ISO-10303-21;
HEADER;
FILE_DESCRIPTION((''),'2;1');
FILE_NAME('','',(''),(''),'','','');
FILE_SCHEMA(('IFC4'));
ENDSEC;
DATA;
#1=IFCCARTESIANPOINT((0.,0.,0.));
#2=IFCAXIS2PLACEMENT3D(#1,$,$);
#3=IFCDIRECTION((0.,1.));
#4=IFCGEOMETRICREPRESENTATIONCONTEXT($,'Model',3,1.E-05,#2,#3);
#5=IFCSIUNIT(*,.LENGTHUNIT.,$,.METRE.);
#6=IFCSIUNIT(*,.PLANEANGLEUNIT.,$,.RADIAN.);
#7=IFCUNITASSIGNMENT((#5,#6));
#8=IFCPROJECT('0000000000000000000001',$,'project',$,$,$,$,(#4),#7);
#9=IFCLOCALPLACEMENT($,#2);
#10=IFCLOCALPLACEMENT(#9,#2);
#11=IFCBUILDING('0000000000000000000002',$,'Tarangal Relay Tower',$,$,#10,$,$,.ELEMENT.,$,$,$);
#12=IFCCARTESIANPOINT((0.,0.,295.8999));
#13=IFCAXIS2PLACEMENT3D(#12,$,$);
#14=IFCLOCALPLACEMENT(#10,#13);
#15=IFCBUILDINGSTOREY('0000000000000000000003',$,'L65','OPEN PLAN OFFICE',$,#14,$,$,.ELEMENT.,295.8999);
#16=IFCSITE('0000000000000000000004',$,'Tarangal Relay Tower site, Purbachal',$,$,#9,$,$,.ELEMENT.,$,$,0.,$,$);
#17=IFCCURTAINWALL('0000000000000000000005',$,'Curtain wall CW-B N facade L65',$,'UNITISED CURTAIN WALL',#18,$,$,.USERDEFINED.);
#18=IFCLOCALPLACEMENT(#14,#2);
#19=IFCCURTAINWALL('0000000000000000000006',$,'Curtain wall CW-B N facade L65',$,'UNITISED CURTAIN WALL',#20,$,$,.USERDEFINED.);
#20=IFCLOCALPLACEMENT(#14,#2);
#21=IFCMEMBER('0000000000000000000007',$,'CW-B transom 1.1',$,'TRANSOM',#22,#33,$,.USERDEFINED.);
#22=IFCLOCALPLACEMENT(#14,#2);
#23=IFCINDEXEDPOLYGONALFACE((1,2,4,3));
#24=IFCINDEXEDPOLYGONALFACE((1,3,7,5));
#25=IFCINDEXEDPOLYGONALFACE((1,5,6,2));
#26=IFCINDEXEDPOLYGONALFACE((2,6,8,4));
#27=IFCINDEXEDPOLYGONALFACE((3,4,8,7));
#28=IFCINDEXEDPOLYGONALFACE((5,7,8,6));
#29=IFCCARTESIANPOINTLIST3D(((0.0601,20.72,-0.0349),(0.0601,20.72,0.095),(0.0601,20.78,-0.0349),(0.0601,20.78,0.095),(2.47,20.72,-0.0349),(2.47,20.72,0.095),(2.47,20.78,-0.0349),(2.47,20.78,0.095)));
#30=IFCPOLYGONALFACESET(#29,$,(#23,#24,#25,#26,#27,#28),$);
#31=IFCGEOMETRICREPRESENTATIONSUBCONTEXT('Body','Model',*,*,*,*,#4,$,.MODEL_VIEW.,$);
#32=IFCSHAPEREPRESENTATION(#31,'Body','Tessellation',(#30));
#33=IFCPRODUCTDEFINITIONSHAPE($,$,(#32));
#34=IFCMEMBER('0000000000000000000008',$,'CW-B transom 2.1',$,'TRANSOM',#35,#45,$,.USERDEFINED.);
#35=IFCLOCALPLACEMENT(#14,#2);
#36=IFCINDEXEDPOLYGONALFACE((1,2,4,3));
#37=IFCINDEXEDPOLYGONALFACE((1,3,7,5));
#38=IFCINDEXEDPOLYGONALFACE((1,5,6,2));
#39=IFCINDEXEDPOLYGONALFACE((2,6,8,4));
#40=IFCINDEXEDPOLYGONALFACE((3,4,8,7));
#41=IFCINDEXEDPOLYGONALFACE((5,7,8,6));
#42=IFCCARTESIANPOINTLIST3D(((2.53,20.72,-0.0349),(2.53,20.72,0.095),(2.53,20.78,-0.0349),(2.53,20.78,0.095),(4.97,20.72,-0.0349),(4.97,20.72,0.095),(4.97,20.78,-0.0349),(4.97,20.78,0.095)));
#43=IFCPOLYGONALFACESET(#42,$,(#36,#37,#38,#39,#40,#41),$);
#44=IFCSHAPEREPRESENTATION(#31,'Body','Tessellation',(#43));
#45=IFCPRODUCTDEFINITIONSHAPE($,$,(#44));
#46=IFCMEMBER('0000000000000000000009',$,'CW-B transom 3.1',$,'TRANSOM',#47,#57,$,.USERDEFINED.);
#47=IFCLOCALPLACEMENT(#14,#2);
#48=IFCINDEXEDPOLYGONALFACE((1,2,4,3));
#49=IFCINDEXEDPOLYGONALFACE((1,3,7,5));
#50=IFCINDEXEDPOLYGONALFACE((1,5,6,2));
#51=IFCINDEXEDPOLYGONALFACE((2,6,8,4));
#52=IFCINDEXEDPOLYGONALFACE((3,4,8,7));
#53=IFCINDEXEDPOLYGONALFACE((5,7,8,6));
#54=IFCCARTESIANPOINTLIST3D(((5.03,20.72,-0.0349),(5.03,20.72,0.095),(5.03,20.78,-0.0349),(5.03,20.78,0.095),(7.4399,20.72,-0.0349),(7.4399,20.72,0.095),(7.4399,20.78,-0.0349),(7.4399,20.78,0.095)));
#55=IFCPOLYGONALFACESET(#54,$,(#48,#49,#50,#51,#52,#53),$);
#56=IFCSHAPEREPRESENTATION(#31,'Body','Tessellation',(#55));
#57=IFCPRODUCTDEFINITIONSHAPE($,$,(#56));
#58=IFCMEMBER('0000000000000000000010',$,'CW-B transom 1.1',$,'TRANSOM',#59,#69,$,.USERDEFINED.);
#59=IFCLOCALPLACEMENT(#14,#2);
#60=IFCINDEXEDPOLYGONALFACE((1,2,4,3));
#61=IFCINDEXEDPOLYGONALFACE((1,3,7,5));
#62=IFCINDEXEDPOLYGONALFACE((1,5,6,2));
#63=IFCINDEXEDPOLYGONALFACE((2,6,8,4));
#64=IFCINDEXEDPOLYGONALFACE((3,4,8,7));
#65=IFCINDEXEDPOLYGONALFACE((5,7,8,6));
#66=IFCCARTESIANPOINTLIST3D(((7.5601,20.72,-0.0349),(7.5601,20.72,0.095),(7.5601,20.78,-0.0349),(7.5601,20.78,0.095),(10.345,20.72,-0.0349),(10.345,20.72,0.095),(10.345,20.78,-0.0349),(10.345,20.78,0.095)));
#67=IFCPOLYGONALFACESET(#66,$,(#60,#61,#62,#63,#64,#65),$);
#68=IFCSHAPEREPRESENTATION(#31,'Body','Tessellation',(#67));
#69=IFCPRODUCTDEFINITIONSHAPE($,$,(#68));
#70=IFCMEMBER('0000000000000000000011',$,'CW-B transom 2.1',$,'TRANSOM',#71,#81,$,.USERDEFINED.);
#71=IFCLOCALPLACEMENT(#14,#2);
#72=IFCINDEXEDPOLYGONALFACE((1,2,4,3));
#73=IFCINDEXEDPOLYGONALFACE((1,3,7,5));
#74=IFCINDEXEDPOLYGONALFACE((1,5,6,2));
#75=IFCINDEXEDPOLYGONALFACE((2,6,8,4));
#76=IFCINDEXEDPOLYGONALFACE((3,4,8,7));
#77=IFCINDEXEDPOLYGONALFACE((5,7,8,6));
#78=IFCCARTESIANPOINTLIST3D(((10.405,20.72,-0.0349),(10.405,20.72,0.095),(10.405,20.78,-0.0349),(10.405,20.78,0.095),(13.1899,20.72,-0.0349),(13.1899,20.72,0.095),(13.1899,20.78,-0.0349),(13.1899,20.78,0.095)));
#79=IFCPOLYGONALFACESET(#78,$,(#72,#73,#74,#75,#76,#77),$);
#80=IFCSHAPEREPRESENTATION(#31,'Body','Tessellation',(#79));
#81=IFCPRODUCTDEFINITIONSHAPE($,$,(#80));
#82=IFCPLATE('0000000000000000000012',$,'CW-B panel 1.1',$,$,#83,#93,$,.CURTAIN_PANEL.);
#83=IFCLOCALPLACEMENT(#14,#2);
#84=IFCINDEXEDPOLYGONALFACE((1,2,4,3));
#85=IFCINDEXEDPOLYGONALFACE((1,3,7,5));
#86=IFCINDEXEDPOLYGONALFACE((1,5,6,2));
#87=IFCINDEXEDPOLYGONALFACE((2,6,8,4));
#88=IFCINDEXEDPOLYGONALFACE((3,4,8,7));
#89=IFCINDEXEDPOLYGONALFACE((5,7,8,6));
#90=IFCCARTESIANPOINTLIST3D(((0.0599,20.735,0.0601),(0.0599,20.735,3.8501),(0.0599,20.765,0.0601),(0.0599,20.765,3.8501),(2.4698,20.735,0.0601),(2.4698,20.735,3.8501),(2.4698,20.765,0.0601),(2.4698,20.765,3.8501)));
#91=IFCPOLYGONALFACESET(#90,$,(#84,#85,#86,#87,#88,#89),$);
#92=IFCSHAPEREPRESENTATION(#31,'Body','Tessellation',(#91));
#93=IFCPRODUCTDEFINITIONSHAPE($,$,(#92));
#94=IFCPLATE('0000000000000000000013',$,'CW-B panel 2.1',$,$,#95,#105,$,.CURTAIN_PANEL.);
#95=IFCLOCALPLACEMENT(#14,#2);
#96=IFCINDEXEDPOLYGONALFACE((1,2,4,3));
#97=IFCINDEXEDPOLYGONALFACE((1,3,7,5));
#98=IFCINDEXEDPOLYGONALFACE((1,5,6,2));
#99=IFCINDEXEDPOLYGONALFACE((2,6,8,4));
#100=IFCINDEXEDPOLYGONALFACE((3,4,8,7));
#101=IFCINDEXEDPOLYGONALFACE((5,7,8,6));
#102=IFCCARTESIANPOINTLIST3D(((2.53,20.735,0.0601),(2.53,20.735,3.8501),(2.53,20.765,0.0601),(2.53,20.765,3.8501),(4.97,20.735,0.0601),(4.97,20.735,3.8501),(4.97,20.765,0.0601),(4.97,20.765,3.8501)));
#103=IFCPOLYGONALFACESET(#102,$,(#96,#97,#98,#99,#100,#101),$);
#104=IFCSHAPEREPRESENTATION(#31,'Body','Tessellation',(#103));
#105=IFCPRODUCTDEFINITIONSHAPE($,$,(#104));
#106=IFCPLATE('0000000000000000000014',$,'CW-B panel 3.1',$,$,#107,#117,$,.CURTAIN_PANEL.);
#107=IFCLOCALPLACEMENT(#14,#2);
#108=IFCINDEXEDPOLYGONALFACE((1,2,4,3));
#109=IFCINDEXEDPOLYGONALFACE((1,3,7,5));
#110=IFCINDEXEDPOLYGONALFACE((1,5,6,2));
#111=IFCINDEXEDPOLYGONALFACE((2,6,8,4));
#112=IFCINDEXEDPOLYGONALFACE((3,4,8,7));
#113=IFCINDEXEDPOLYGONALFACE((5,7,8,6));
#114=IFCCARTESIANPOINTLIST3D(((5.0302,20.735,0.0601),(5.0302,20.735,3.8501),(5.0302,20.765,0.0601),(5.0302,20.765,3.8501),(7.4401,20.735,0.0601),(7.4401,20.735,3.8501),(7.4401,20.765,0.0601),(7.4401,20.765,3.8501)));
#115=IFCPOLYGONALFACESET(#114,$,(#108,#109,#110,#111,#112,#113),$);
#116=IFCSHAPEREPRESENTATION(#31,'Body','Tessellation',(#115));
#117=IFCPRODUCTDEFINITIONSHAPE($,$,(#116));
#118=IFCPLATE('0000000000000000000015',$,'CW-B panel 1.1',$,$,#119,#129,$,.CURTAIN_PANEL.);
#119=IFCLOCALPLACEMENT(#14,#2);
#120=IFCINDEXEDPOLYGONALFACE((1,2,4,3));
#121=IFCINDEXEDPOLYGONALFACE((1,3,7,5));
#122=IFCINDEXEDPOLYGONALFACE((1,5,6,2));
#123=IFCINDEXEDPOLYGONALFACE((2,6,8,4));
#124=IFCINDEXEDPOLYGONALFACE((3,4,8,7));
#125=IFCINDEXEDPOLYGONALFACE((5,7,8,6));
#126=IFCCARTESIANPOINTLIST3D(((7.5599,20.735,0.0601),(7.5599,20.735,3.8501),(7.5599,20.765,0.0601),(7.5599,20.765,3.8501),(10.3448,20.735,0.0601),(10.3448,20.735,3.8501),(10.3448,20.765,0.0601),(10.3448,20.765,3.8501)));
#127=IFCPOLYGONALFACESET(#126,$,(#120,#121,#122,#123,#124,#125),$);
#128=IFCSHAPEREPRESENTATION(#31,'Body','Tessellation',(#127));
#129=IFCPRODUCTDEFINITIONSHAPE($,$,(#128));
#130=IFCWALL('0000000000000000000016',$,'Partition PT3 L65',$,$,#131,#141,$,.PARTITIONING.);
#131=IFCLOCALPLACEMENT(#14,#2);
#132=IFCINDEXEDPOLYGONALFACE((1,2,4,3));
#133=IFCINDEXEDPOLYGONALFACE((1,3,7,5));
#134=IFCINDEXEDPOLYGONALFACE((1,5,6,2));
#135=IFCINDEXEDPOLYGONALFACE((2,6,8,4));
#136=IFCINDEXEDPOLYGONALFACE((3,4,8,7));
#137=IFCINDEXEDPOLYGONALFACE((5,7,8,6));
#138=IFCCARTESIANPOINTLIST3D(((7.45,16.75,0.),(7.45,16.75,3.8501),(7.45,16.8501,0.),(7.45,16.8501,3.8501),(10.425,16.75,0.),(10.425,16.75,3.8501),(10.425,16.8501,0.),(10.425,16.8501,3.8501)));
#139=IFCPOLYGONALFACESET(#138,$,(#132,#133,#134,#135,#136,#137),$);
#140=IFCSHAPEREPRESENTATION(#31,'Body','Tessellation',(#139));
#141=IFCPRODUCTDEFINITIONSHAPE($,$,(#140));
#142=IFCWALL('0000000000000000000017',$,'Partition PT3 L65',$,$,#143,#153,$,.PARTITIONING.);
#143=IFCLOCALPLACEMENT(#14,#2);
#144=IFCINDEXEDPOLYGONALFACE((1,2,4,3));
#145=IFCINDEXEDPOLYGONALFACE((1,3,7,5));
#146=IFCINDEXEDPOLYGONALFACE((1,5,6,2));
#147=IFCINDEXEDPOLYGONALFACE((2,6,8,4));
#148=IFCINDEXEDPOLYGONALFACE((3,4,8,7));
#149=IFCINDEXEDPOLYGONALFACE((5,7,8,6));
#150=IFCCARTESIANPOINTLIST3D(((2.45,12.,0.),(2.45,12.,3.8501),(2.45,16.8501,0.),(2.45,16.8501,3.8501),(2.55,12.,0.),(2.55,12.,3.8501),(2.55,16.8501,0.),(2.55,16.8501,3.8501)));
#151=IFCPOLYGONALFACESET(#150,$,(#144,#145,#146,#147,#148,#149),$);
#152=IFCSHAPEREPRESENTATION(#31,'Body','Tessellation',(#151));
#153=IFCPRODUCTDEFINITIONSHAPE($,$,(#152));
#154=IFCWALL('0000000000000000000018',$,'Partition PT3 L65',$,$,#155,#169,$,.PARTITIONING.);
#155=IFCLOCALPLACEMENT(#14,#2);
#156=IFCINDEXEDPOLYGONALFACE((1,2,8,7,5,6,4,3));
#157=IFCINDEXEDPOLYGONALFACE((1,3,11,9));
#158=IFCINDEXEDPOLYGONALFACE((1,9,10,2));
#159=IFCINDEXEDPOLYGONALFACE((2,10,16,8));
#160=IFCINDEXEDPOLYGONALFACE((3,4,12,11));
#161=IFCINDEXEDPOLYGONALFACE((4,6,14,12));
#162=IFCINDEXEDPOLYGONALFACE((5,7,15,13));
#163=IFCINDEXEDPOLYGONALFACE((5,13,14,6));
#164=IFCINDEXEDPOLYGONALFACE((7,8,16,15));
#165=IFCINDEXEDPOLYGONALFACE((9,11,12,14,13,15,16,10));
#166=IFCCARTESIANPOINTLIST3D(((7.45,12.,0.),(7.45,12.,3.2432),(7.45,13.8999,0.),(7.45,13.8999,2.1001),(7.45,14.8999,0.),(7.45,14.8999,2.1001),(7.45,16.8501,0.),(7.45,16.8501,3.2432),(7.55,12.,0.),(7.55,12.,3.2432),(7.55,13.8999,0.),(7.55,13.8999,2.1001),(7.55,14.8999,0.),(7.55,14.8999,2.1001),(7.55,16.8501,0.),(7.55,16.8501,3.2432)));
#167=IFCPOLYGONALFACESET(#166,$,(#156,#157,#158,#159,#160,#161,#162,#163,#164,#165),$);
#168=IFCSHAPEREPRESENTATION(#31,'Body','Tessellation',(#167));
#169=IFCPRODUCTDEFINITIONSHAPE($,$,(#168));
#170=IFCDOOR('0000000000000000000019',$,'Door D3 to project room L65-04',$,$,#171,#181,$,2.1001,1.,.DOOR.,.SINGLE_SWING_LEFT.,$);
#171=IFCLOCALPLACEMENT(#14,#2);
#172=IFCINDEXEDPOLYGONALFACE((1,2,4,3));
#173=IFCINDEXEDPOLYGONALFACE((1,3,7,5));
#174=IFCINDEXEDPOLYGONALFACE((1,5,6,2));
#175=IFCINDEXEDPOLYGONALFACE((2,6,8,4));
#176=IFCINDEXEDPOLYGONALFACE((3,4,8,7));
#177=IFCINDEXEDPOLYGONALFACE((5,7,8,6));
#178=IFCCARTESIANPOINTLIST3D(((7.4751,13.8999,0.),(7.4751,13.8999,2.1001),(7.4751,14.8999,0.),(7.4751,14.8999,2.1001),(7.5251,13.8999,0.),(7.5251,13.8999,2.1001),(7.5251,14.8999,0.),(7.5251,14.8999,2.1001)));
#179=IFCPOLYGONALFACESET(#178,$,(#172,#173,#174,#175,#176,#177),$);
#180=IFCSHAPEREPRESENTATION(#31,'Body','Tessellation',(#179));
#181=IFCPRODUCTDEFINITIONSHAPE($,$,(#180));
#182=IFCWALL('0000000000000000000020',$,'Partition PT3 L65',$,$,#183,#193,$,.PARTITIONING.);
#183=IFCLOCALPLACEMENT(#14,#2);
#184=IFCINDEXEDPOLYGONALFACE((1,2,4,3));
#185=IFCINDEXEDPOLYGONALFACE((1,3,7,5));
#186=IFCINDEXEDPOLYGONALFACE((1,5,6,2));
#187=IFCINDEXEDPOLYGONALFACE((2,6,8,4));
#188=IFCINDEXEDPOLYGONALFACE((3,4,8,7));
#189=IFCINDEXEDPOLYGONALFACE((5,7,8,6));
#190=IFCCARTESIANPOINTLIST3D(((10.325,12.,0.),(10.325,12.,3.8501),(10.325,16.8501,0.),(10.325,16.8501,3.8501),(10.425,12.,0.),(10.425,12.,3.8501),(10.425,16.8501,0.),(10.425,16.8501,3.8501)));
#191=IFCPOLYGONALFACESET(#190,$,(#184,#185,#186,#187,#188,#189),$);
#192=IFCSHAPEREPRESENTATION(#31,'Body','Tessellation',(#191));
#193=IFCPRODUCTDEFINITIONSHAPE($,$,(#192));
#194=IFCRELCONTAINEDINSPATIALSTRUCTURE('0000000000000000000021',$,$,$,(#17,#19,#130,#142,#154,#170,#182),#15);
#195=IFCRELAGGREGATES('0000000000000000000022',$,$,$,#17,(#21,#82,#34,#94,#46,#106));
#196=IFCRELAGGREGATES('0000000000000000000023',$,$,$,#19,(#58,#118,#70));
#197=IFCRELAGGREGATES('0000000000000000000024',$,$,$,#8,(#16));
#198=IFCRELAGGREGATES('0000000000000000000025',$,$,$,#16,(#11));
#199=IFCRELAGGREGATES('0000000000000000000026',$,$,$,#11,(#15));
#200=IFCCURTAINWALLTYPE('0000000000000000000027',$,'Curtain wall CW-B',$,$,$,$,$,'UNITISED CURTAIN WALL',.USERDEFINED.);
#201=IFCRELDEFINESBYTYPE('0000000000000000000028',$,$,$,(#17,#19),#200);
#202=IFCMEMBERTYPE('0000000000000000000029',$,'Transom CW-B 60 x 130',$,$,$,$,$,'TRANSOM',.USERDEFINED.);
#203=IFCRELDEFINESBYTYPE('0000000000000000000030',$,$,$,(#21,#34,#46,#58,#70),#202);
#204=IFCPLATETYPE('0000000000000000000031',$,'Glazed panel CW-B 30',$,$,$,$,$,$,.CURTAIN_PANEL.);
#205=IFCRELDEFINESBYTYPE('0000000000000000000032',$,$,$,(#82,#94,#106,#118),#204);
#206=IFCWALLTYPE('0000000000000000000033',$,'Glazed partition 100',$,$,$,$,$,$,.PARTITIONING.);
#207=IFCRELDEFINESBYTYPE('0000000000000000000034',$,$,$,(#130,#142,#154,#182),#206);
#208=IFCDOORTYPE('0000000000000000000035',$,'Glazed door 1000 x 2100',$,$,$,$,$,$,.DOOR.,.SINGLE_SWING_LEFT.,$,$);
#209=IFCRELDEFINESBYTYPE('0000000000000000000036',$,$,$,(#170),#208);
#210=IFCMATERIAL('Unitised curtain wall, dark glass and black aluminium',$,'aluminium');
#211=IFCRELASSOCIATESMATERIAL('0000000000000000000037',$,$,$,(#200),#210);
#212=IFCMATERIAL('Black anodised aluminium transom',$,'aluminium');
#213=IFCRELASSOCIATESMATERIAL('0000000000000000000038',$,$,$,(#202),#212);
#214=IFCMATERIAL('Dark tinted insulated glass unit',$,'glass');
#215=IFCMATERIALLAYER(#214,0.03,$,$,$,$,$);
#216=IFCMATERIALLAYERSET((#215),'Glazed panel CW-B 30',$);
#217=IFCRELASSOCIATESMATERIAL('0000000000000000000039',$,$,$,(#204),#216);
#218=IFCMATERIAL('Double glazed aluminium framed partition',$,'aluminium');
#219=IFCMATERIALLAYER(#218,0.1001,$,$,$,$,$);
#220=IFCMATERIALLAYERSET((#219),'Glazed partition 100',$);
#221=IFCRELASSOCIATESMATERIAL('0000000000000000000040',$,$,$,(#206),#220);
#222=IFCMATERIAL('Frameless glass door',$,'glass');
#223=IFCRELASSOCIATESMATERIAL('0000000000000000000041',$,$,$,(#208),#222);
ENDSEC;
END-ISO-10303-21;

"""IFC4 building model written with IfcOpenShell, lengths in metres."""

from ifc_helpers import new_model, si_unit, direction, frame, frame_2d, origin, origin_2d, place, context, subcontext, project, spatial, rectangle, extrude, material, layer, layer_set, material_profile, profile_set, type_object, element, fill, aggregate, save


model = new_model("IFC4")

# Units and contexts
model_context = context("Model", 3, precision=1e-05, world=origin(), true_north=direction((0.0, 1.0)))
body_context = subcontext(model_context, "Body", "Model", "MODEL_VIEW")
ifc_project = project(units=[si_unit("LENGTHUNIT", "METRE"), si_unit("PLANEANGLEUNIT", "RADIAN")], contexts=[model_context])

# Site, building, storey
site_placement = place(None, origin())
site = spatial("IfcSite", under=ifc_project, at=site_placement, Name="Tarangal Relay Tower site, Purbachal", CompositionType="ELEMENT", RefElevation=0.0)
building_placement = place(site_placement, origin())
building = spatial("IfcBuilding", under=site, at=building_placement, Name="Tarangal Relay Tower", CompositionType="ELEMENT")
storey_placement = place(building_placement, frame((0.0, 0.0, 295.8999)))
storey = spatial("IfcBuildingStorey", under=building, at=storey_placement, Name="L65", Description="OPEN PLAN OFFICE", CompositionType="ELEMENT", Elevation=295.8999)

# Curtain walls
ifc_material_1 = material(Name="Unitised curtain wall, dark glass and black aluminium", Category="aluminium")
curtain_wall_type = type_object("IfcCurtainWallType", Name="Curtain wall CW-B", ElementType="UNITISED CURTAIN WALL", PredefinedType="USERDEFINED", material=ifc_material_1)
curtain_wall_1_placement = place(storey_placement, origin())
curtain_wall_1 = element("IfcCurtainWall", 1, at=curtain_wall_1_placement, inside=storey, type_object=curtain_wall_type, Name="Curtain wall CW-B N facade L65", ObjectType="UNITISED CURTAIN WALL", PredefinedType="USERDEFINED")
curtain_wall_2_placement = place(storey_placement, origin())
curtain_wall_2 = element("IfcCurtainWall", 2, at=curtain_wall_2_placement, inside=storey, type_object=curtain_wall_type, Name="Curtain wall CW-B N facade L65", ObjectType="UNITISED CURTAIN WALL", PredefinedType="USERDEFINED")

# Members
ifc_material_2 = material(Name="Black anodised aluminium transom", Category="aluminium")
ifc_material_profile_1 = material_profile(ifc_material_2, rectangle(XDim=0.0601, YDim=0.1299, at=origin_2d()), Name="CW-BT 60X130")
ifc_profile_set_1 = profile_set([ifc_material_profile_1], Name="Black anodised aluminium transom")
member_type_1 = type_object("IfcMemberType", Name="Transom CW-B 60 x 130", ElementType="TRANSOM", PredefinedType="USERDEFINED", material=ifc_profile_set_1)
member_1_placement = place(storey_placement, frame((0.0601, 20.75, 0.03), z_axis=(1.0, 0.0, 0.0), x_axis=(0.0, 1.0, 0.0)))
member_1 = element("IfcMember", 3, at=member_1_placement, type_object=member_type_1, Name="CW-B transom 1.1", ObjectType="TRANSOM", PredefinedType="USERDEFINED", context=body_context, shape_type="SweptSolid", body=[
    extrude(rectangle(XDim=0.0601, YDim=0.1299, at=origin_2d()), origin(), (0.0, 0.0, 1.0), 2.4099),
])
member_2_placement = place(storey_placement, frame((2.53, 20.75, 0.03), z_axis=(1.0, 0.0, 0.0), x_axis=(0.0, 1.0, 0.0)))
member_2 = element("IfcMember", 4, at=member_2_placement, type_object=member_type_1, Name="CW-B transom 2.1", ObjectType="TRANSOM", PredefinedType="USERDEFINED", context=body_context, shape_type="SweptSolid", body=[
    extrude(rectangle(XDim=0.0601, YDim=0.1299, at=origin_2d()), origin(), (0.0, 0.0, 1.0), 2.4399),
])
member_3_placement = place(storey_placement, frame((5.03, 20.75, 0.03), z_axis=(1.0, 0.0, 0.0), x_axis=(0.0, 1.0, 0.0)))
member_3 = element("IfcMember", 5, at=member_3_placement, type_object=member_type_1, Name="CW-B transom 3.1", ObjectType="TRANSOM", PredefinedType="USERDEFINED", context=body_context, shape_type="SweptSolid", body=[
    extrude(rectangle(XDim=0.0601, YDim=0.1299, at=origin_2d()), origin(), (0.0, 0.0, 1.0), 2.4099),
])
member_4_placement = place(storey_placement, frame((7.5601, 20.75, 0.03), z_axis=(1.0, 0.0, 0.0), x_axis=(0.0, 1.0, 0.0)))
member_4 = element("IfcMember", 6, at=member_4_placement, type_object=member_type_1, Name="CW-B transom 1.1", ObjectType="TRANSOM", PredefinedType="USERDEFINED", context=body_context, shape_type="SweptSolid", body=[
    extrude(rectangle(XDim=0.0601, YDim=0.1299, at=origin_2d()), origin(), (0.0, 0.0, 1.0), 2.7849),
])
member_5_placement = place(storey_placement, frame((10.405, 20.75, 0.03), z_axis=(1.0, 0.0, 0.0), x_axis=(0.0, 1.0, 0.0)))
member_5 = element("IfcMember", 7, at=member_5_placement, type_object=member_type_1, Name="CW-B transom 2.1", ObjectType="TRANSOM", PredefinedType="USERDEFINED", context=body_context, shape_type="SweptSolid", body=[
    extrude(rectangle(XDim=0.0601, YDim=0.1299, at=origin_2d()), origin(), (0.0, 0.0, 1.0), 2.7849),
])

# Plates
ifc_material_3 = material(Name="Dark tinted insulated glass unit", Category="glass")
ifc_layer_1 = layer(ifc_material_3, 0.03)
ifc_layer_set_1 = layer_set([ifc_layer_1], Name="Glazed panel CW-B 30")
plate_type = type_object("IfcPlateType", Name="Glazed panel CW-B 30", PredefinedType="CURTAIN_PANEL", material=ifc_layer_set_1)
plate_1_placement = place(storey_placement, frame((1.2649, 20.75, 0.0601), z_axis=(0.0, 0.0, 1.0), x_axis=(1.0, 0.0, 0.0)))
plate_1 = element("IfcPlate", 8, at=plate_1_placement, type_object=plate_type, Name="CW-B panel 1.1", PredefinedType="CURTAIN_PANEL", context=body_context, shape_type="SweptSolid", body=[
    extrude(rectangle(XDim=2.4099, YDim=0.03, at=origin_2d()), origin(), (0.0, 0.0, 1.0), 3.79),
])
plate_2_placement = place(storey_placement, frame((3.75, 20.75, 0.0601), z_axis=(0.0, 0.0, 1.0), x_axis=(1.0, 0.0, 0.0)))
plate_2 = element("IfcPlate", 9, at=plate_2_placement, type_object=plate_type, Name="CW-B panel 2.1", PredefinedType="CURTAIN_PANEL", context=body_context, shape_type="SweptSolid", body=[
    extrude(rectangle(XDim=2.4399, YDim=0.03, at=origin_2d()), origin(), (0.0, 0.0, 1.0), 3.79),
])
plate_3_placement = place(storey_placement, frame((6.2351, 20.75, 0.0601), z_axis=(0.0, 0.0, 1.0), x_axis=(1.0, 0.0, 0.0)))
plate_3 = element("IfcPlate", 10, at=plate_3_placement, type_object=plate_type, Name="CW-B panel 3.1", PredefinedType="CURTAIN_PANEL", context=body_context, shape_type="SweptSolid", body=[
    extrude(rectangle(XDim=2.4099, YDim=0.03, at=origin_2d()), origin(), (0.0, 0.0, 1.0), 3.79),
])
aggregate(curtain_wall_1, [member_1, plate_1, member_2, plate_2, member_3, plate_3])
plate_4_placement = place(storey_placement, frame((8.9524, 20.75, 0.0601), z_axis=(0.0, 0.0, 1.0), x_axis=(1.0, 0.0, 0.0)))
plate_4 = element("IfcPlate", 11, at=plate_4_placement, type_object=plate_type, Name="CW-B panel 1.1", PredefinedType="CURTAIN_PANEL", context=body_context, shape_type="SweptSolid", body=[
    extrude(rectangle(XDim=2.7849, YDim=0.03, at=origin_2d()), origin(), (0.0, 0.0, 1.0), 3.79),
])
aggregate(curtain_wall_2, [member_4, plate_4, member_5])

# Walls
ifc_material_4 = material(Name="Double glazed aluminium framed partition", Category="aluminium")
ifc_layer_2 = layer(ifc_material_4, 0.1001)
ifc_layer_set_2 = layer_set([ifc_layer_2], Name="Glazed partition 100")
wall_type = type_object("IfcWallType", Name="Glazed partition 100", PredefinedType="PARTITIONING", material=ifc_layer_set_2)
wall_1_placement = place(storey_placement, frame((7.45, 16.8, 0.0), z_axis=(0.0, 0.0, 1.0), x_axis=(1.0, 0.0, 0.0)))
element("IfcWall", 12, at=wall_1_placement, inside=storey, type_object=wall_type, Name="Partition PT3 L65", PredefinedType="PARTITIONING", context=body_context, shape_type="SweptSolid", body=[
    extrude(rectangle(XDim=2.9751, YDim=0.1001, at=frame_2d((1.4875, 0.0))), origin(), (0.0, 0.0, 1.0), 3.8501),
])
wall_2_placement = place(storey_placement, frame((2.5, 12.0, 0.0), z_axis=(0.0, 0.0, 1.0), x_axis=(0.0, 1.0, 0.0)))
element("IfcWall", 13, at=wall_2_placement, inside=storey, type_object=wall_type, Name="Partition PT3 L65", PredefinedType="PARTITIONING", context=body_context, shape_type="SweptSolid", body=[
    extrude(rectangle(XDim=4.8501, YDim=0.1001, at=frame_2d((2.425, 0.0))), origin(), (0.0, 0.0, 1.0), 3.8501),
])

# Wall, opening, door
wall_3_placement = place(storey_placement, frame((7.5, 12.0, 0.0), z_axis=(0.0, 0.0, 1.0), x_axis=(0.0, 1.0, 0.0)))
wall_3 = element("IfcWall", 14, at=wall_3_placement, inside=storey, type_object=wall_type, Name="Partition PT3 L65", PredefinedType="PARTITIONING", context=body_context, shape_type="SweptSolid", body=[
    extrude(rectangle(XDim=4.8501, YDim=0.1001, at=frame_2d((2.425, 0.0))), origin(), (0.0, 0.0, 1.0), 3.2432),
])
opening_placement = place(wall_3_placement, frame((1.8999, 0.0, 0.0)))
opening = element("IfcOpeningElement", 15, at=opening_placement, cuts=wall_3, PredefinedType="OPENING", context=body_context, shape_type="SweptSolid", body=[
    extrude(rectangle(XDim=1.0, YDim=2.1001, at=frame_2d((0.5, 1.05))), frame((0.0, 0.0601, 0.0), z_axis=(0.0, -1.0, 0.0), x_axis=(1.0, 0.0, 0.0)), (0.0, 0.0, 1.0), 0.1201),
])
ifc_material_5 = material(Name="Frameless glass door", Category="glass")
door_type = type_object("IfcDoorType", Name="Glazed door 1000 x 2100", OperationType="SINGLE_SWING_LEFT", PredefinedType="DOOR", material=ifc_material_5)
door_placement = place(opening_placement, origin())
door = element("IfcDoor", 16, at=door_placement, inside=storey, type_object=door_type, Name="Door D3 to project room L65-04", OperationType="SINGLE_SWING_LEFT", OverallHeight=2.1001, OverallWidth=1.0, PredefinedType="DOOR", context=body_context, shape_type="SweptSolid", body=[
    extrude(rectangle(XDim=1.0, YDim=2.1001, at=frame_2d((0.5, 1.05))), frame((0.0, 0.0249, 0.0), z_axis=(0.0, -1.0, 0.0), x_axis=(1.0, 0.0, 0.0)), (0.0, 0.0, 1.0), 0.05),
])
fill(opening, door)

# Wall
wall_4_placement = place(storey_placement, frame((10.375, 12.0, 0.0), z_axis=(0.0, 0.0, 1.0), x_axis=(0.0, 1.0, 0.0)))
element("IfcWall", 17, at=wall_4_placement, inside=storey, type_object=wall_type, Name="Partition PT3 L65", PredefinedType="PARTITIONING", context=body_context, shape_type="SweptSolid", body=[
    extrude(rectangle(XDim=4.8501, YDim=0.1001, at=frame_2d((2.425, 0.0))), origin(), (0.0, 0.0, 1.0), 3.8501),
])

save(model, "model.ifc")
